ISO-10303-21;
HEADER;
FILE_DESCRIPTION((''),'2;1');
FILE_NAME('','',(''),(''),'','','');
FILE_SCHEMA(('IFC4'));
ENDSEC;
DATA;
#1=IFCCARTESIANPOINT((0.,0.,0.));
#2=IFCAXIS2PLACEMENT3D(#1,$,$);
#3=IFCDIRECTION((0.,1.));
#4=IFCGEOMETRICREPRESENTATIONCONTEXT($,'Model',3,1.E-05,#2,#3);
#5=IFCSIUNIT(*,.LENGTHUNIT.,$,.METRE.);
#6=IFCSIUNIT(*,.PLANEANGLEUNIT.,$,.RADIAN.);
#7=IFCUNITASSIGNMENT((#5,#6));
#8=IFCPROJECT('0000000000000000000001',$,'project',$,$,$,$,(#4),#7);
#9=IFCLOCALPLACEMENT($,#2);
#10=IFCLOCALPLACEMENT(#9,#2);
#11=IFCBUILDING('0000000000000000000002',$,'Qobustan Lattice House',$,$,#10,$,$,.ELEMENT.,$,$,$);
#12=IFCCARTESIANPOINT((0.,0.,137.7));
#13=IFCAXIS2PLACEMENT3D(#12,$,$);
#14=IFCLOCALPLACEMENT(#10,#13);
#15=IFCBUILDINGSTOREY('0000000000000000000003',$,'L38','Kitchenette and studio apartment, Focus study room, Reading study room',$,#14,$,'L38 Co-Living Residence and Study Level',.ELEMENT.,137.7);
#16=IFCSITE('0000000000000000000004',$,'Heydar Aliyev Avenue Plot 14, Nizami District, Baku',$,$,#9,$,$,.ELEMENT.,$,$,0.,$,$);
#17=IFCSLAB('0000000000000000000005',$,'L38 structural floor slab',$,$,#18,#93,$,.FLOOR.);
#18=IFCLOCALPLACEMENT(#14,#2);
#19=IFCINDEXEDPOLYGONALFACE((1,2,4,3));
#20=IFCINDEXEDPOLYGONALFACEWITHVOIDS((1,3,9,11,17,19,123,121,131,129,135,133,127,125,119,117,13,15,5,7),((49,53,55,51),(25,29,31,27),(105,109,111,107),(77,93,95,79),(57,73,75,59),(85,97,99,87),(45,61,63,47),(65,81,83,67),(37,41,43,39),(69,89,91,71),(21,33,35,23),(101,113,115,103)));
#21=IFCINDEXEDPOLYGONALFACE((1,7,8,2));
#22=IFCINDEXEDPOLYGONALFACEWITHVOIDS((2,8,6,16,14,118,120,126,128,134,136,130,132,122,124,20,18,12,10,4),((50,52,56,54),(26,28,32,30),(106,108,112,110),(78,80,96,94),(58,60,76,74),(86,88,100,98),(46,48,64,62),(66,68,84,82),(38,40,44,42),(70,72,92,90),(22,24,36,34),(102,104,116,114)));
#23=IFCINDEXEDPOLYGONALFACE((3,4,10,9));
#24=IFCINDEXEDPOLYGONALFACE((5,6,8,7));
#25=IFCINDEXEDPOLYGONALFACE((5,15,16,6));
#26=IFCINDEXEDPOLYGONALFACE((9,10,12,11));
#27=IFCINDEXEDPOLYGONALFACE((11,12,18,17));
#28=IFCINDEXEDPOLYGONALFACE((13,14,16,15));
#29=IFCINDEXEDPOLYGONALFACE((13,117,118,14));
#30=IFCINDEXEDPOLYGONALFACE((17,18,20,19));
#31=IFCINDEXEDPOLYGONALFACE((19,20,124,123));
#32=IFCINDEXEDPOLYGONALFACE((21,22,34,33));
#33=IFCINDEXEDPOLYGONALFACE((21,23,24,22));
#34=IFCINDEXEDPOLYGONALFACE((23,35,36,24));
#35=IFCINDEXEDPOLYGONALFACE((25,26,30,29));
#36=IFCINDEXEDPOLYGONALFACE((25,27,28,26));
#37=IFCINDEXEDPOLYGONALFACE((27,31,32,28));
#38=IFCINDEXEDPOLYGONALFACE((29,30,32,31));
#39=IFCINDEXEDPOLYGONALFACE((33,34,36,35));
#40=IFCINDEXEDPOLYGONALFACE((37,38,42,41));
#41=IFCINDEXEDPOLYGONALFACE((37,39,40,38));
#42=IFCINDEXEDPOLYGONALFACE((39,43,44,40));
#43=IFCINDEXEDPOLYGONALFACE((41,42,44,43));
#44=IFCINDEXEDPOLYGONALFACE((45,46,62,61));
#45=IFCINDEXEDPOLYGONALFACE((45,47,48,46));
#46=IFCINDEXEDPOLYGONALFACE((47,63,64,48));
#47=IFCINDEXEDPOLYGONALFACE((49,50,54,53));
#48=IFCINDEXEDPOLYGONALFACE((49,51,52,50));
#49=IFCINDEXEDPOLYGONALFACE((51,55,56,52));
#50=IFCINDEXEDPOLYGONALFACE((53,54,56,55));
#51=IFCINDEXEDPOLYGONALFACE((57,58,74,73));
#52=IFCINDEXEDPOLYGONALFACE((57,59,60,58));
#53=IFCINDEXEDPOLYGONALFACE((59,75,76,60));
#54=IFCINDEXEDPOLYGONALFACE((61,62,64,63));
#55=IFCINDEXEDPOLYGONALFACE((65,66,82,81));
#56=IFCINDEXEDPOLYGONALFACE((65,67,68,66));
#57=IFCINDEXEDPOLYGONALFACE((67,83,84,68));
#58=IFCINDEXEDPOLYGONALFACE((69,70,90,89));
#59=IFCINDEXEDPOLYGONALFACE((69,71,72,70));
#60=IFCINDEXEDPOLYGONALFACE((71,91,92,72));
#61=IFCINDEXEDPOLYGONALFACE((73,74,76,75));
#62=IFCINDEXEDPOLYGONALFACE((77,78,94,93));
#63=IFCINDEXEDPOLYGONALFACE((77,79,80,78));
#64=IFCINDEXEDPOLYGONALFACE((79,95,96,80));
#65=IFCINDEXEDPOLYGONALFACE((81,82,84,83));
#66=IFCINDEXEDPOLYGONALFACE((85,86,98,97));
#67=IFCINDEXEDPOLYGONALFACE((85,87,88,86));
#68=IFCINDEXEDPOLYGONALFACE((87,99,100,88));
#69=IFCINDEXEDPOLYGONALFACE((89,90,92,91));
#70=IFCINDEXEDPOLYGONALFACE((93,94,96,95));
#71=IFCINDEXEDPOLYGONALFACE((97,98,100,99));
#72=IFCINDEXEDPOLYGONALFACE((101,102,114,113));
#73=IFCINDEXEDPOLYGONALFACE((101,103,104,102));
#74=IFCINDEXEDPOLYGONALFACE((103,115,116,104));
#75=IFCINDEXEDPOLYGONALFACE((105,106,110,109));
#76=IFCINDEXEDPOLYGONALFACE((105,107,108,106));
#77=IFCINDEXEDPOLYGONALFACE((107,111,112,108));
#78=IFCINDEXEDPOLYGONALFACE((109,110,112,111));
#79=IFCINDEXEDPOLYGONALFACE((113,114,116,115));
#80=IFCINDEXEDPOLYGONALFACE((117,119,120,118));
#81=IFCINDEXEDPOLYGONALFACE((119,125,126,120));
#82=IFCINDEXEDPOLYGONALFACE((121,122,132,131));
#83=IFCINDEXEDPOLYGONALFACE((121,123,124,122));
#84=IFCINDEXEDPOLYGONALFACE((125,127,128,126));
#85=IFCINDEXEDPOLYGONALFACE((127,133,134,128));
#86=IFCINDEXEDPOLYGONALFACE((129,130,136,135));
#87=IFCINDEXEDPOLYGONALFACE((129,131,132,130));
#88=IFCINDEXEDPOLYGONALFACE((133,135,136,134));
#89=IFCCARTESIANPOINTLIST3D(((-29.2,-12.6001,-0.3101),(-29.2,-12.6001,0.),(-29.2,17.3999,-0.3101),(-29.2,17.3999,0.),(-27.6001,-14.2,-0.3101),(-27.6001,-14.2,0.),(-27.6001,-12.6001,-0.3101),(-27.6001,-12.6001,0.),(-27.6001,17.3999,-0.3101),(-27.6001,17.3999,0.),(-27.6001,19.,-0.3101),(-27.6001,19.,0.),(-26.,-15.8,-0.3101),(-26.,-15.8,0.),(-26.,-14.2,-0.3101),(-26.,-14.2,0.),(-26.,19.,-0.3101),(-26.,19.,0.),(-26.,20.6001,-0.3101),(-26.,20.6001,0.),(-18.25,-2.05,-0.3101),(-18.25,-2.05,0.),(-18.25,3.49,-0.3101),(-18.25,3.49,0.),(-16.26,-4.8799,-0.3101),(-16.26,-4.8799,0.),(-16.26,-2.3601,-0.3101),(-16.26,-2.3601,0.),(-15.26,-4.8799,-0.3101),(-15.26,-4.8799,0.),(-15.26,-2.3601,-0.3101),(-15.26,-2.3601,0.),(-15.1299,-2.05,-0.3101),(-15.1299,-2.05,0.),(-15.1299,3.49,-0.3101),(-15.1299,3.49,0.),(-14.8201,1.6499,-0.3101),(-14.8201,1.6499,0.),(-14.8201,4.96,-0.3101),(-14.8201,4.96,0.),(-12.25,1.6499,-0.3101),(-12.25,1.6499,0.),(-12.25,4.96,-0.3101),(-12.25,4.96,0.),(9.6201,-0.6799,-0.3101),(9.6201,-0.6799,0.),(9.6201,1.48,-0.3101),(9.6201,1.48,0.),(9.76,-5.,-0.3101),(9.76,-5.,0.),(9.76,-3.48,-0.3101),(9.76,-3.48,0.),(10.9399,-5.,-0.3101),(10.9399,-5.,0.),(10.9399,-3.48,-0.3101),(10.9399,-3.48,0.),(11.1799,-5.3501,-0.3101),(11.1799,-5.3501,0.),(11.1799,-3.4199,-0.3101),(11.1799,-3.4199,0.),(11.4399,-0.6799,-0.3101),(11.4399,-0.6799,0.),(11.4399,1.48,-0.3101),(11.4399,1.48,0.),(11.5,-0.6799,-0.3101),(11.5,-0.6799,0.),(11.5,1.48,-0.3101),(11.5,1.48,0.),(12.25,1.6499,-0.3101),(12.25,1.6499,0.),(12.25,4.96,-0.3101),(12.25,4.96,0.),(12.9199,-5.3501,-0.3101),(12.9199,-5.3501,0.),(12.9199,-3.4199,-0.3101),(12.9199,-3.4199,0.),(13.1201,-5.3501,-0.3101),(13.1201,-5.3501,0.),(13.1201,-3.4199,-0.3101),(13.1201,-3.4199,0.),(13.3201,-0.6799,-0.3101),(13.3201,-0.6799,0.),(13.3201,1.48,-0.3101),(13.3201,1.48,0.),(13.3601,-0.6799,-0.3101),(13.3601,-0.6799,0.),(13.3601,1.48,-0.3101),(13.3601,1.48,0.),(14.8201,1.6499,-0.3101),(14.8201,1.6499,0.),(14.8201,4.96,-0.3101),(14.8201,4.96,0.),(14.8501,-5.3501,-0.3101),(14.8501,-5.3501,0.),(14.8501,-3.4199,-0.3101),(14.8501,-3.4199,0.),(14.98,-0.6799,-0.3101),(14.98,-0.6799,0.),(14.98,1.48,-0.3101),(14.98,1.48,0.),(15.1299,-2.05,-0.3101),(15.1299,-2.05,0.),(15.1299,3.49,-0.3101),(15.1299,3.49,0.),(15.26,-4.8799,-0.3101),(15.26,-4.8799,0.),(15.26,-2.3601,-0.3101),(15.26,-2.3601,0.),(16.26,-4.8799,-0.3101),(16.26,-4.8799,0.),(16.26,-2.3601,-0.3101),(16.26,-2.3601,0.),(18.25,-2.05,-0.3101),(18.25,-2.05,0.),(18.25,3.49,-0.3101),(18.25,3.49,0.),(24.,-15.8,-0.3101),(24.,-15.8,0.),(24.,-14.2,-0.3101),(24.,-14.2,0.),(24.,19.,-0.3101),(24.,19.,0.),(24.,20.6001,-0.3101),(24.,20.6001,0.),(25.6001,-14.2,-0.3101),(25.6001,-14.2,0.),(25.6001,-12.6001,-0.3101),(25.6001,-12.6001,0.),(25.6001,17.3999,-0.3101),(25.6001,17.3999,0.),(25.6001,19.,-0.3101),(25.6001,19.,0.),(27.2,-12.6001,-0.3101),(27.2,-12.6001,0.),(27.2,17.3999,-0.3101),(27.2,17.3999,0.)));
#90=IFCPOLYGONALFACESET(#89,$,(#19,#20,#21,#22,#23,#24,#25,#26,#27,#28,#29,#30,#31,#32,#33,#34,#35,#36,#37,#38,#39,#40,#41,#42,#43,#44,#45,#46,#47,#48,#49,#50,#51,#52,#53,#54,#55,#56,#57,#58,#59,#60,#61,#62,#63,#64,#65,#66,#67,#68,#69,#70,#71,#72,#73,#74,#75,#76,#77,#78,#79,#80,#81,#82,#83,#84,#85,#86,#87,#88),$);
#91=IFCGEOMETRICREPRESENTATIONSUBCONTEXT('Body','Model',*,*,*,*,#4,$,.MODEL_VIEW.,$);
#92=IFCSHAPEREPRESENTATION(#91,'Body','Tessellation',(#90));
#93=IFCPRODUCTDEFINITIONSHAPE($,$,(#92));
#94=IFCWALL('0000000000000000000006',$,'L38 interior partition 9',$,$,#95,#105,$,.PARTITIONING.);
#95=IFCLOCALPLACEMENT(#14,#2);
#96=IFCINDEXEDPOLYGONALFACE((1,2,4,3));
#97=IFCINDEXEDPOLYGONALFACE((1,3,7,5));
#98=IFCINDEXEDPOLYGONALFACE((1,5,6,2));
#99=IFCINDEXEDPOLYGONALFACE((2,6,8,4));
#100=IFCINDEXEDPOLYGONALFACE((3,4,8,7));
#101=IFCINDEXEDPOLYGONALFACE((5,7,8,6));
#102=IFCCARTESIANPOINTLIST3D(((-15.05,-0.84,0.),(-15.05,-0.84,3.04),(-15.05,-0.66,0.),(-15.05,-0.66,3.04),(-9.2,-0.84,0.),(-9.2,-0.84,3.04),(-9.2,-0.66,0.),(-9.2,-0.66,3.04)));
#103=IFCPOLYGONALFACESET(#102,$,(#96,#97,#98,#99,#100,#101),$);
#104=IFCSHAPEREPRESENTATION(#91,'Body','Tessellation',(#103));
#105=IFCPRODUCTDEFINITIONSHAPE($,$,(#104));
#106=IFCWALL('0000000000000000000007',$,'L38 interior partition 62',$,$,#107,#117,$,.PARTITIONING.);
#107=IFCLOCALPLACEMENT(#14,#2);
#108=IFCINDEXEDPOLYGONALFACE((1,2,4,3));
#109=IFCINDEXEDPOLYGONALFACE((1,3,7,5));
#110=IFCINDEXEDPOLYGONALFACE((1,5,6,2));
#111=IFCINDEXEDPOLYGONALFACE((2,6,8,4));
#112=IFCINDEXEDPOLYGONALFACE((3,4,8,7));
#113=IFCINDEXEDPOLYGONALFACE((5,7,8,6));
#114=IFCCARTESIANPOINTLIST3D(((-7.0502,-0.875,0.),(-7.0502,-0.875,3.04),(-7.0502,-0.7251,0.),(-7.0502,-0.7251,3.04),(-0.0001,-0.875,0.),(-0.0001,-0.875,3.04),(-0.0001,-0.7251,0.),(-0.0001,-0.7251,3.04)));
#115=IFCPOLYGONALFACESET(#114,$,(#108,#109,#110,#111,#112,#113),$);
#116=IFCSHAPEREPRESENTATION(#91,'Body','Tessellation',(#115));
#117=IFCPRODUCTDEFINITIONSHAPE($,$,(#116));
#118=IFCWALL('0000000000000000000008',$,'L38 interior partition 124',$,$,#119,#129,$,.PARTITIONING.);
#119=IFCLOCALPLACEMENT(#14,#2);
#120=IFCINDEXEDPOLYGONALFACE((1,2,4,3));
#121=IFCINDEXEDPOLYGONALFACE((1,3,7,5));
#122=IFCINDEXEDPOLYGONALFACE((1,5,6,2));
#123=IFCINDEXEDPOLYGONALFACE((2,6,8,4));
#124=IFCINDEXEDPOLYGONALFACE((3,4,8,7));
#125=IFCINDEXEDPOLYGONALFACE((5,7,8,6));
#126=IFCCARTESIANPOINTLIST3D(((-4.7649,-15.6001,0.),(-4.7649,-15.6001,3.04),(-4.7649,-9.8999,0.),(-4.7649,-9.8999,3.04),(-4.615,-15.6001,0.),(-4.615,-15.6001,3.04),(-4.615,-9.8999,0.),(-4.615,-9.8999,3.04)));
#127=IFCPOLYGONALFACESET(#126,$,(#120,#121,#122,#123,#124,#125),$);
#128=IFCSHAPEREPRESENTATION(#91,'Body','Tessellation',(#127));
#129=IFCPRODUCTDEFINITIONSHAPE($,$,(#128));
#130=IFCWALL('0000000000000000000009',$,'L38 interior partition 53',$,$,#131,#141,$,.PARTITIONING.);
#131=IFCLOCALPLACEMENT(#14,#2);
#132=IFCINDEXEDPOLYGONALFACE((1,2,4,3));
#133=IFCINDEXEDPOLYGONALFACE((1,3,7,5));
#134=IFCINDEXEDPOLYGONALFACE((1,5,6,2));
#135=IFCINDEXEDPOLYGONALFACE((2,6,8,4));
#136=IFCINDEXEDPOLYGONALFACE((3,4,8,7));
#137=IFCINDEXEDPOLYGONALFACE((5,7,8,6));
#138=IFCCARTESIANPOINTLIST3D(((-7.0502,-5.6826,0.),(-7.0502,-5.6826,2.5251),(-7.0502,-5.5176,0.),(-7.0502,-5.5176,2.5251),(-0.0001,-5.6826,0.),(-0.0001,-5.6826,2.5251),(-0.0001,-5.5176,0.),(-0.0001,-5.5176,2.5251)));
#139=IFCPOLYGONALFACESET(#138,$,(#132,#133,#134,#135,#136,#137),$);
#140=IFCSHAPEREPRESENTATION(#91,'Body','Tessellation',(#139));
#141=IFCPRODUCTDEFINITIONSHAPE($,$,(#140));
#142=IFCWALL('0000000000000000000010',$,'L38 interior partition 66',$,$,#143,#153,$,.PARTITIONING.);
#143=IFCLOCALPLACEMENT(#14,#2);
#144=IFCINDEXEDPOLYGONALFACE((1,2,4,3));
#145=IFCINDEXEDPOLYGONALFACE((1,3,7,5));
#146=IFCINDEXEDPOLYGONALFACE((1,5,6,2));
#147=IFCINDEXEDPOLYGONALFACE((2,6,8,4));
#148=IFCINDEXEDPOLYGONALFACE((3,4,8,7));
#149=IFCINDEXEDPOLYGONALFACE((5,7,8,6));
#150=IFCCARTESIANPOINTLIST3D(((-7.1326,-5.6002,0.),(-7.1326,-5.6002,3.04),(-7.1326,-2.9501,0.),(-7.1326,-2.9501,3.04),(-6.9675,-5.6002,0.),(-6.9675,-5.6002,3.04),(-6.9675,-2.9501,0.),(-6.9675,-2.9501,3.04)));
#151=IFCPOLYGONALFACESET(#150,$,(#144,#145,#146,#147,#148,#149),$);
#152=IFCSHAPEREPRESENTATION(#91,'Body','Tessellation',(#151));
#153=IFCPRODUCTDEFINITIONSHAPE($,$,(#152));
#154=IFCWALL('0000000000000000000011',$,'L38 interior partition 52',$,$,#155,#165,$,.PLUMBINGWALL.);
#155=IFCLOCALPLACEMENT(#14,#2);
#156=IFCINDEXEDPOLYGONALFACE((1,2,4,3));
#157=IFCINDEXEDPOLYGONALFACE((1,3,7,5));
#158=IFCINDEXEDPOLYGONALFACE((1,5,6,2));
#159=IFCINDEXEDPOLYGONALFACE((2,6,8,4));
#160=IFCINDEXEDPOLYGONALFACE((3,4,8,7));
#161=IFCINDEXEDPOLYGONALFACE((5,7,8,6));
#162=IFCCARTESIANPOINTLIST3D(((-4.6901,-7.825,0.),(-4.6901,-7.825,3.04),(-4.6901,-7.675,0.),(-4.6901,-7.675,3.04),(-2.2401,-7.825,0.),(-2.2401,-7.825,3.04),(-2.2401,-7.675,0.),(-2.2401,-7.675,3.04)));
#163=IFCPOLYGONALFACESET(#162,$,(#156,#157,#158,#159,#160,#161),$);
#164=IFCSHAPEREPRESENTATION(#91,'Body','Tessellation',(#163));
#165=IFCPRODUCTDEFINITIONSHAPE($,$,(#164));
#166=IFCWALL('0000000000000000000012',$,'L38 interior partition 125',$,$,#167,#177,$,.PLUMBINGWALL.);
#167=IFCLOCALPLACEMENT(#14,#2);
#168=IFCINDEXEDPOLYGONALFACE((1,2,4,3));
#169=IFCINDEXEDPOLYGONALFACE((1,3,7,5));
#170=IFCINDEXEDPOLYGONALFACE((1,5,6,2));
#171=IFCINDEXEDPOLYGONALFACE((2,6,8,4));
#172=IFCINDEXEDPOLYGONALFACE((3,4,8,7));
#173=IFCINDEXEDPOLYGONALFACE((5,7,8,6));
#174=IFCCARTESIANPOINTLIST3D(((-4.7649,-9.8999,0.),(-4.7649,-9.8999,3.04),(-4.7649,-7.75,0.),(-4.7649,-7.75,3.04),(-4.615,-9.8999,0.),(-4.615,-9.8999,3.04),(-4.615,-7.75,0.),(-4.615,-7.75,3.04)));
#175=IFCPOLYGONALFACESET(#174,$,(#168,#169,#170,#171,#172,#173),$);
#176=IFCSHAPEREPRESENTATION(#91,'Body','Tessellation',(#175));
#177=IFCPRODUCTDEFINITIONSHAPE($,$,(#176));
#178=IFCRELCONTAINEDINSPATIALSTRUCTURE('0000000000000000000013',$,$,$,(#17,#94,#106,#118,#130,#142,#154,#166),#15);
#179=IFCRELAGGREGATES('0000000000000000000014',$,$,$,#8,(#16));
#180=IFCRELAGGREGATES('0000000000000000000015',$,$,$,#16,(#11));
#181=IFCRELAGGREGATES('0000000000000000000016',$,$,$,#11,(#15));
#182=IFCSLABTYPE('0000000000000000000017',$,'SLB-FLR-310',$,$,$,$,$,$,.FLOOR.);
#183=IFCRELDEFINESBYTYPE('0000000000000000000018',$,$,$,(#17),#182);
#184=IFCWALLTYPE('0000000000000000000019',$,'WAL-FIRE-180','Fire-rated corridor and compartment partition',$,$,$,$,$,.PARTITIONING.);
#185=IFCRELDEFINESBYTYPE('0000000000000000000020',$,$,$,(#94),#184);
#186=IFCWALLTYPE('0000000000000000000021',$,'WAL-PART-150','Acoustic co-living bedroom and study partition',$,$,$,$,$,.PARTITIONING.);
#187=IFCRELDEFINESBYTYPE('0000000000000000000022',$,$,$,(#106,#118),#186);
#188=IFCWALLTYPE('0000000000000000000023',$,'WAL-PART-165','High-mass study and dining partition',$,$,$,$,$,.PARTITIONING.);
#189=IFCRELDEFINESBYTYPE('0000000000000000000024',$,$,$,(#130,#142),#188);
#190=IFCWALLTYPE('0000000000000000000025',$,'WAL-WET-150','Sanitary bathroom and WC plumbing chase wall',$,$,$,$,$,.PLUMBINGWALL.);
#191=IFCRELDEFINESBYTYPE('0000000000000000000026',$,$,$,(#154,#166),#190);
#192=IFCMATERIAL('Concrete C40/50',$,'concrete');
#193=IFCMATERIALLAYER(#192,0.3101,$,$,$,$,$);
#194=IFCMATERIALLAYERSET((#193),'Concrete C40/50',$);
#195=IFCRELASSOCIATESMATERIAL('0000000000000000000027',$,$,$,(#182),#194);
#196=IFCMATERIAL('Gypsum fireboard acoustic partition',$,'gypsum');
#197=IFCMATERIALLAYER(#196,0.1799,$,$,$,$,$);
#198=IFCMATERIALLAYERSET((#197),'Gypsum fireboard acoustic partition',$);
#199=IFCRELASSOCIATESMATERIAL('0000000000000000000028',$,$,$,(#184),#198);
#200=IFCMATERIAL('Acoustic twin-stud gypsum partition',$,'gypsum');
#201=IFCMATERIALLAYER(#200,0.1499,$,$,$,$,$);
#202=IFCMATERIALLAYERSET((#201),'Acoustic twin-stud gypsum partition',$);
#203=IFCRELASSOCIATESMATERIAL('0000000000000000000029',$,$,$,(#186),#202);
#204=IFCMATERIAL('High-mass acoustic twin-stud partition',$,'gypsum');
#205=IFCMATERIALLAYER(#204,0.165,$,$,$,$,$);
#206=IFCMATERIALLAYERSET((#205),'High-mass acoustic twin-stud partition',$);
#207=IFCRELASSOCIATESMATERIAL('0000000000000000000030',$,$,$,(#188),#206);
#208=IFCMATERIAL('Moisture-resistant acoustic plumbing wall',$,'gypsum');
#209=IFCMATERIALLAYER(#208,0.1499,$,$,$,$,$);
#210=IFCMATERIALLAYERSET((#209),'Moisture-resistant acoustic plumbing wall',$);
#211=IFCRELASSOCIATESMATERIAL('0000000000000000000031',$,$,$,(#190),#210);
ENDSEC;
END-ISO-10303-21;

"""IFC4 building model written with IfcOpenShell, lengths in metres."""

from ifc_helpers import new_model, si_unit, direction, frame, frame_2d, origin, place, context, subcontext, project, spatial, polyline, rectangle, outline, extrude, material, layer, layer_set, type_object, element, save


model = new_model("IFC4")

# Units and contexts
model_context = context("Model", 3, precision=1e-05, world=origin(), true_north=direction((0.0, 1.0)))
body_context = subcontext(model_context, "Body", "Model", "MODEL_VIEW")
ifc_project = project(units=[si_unit("LENGTHUNIT", "METRE"), si_unit("PLANEANGLEUNIT", "RADIAN")], contexts=[model_context])

# Site, building, storey
site_placement = place(None, origin())
site = spatial("IfcSite", under=ifc_project, at=site_placement, Name="Heydar Aliyev Avenue Plot 14, Nizami District, Baku", CompositionType="ELEMENT", RefElevation=0.0)
building_placement = place(site_placement, origin())
building = spatial("IfcBuilding", under=site, at=building_placement, Name="Qobustan Lattice House", CompositionType="ELEMENT")
storey_placement = place(building_placement, frame((0.0, 0.0, 137.7)))
storey = spatial("IfcBuildingStorey", under=building, at=storey_placement, Name="L38", Description="Kitchenette and studio apartment, Focus study room, Reading study room", LongName="L38 Co-Living Residence and Study Level", CompositionType="ELEMENT", Elevation=137.7)

# Slab
ifc_material_1 = material(Name="Concrete C40/50", Category="concrete")
ifc_layer_1 = layer(ifc_material_1, 0.3101)
ifc_layer_set_1 = layer_set([ifc_layer_1], Name="Concrete C40/50")
slab_type = type_object("IfcSlabType", Name="SLB-FLR-310", PredefinedType="FLOOR", material=ifc_layer_set_1)
slab_placement = place(storey_placement, frame((0.0, 0.0, -0.3101)))
element("IfcSlab", 1, at=slab_placement, inside=storey, type_object=slab_type, Name="L38 structural floor slab", PredefinedType="FLOOR", context=body_context, shape_type="SweptSolid", body=[
    extrude(outline(polyline([(-26.0, -15.8), (24.0, -15.8), (24.0, -14.2), (25.6001, -14.2), (25.6001, -12.6001), (27.2, -12.6001), (27.2, 17.3999), (25.6001, 17.3999), (25.6001, 19.0), (24.0, 19.0), (24.0, 20.6001), (-26.0, 20.6001), (-26.0, 19.0), (-27.6001, 19.0), (-27.6001, 17.3999), (-29.2, 17.3999), (-29.2, -12.6001), (-27.6001, -12.6001), (-27.6001, -14.2), (-26.0, -14.2), (-26.0, -15.8)]), holes=[polyline([(-18.25, -2.05), (-18.25, 3.49), (-15.1299, 3.49), (-15.1299, -2.05), (-18.25, -2.05)]), polyline([(15.1299, -2.05), (15.1299, 3.49), (18.25, 3.49), (18.25, -2.05), (15.1299, -2.05)]), polyline([(-14.8201, 1.6499), (-14.8201, 4.96), (-12.25, 4.96), (-12.25, 1.6499), (-14.8201, 1.6499)]), polyline([(12.25, 1.6499), (12.25, 4.96), (14.8201, 4.96), (14.8201, 1.6499), (12.25, 1.6499)]), polyline([(-16.26, -4.8799), (-16.26, -2.3601), (-15.26, -2.3601), (-15.26, -4.8799), (-16.26, -4.8799)]), polyline([(15.26, -4.8799), (15.26, -2.3601), (16.26, -2.3601), (16.26, -4.8799), (15.26, -4.8799)]), polyline([(11.1799, -5.3501), (11.1799, -3.4199), (12.9199, -3.4199), (12.9199, -5.3501), (11.1799, -5.3501)]), polyline([(13.1201, -5.3501), (13.1201, -3.4199), (14.8501, -3.4199), (14.8501, -5.3501), (13.1201, -5.3501)]), polyline([(9.76, -5.0), (9.76, -3.48), (10.9399, -3.48), (10.9399, -5.0), (9.76, -5.0)]), polyline([(13.3601, -0.6799), (13.3601, 1.48), (14.98, 1.48), (14.98, -0.6799), (13.3601, -0.6799)]), polyline([(9.6201, -0.6799), (9.6201, 1.48), (11.4399, 1.48), (11.4399, -0.6799), (9.6201, -0.6799)]), polyline([(11.5, -0.6799), (11.5, 1.48), (13.3201, 1.48), (13.3201, -0.6799), (11.5, -0.6799)])]), origin(), (0.0, 0.0, 1.0), 0.3101),
])

# Wall
ifc_material_2 = material(Name="Gypsum fireboard acoustic partition", Category="gypsum")
ifc_layer_2 = layer(ifc_material_2, 0.1799)
ifc_layer_set_2 = layer_set([ifc_layer_2], Name="Gypsum fireboard acoustic partition")
wall_type_1 = type_object("IfcWallType", Name="WAL-FIRE-180", Description="Fire-rated corridor and compartment partition", PredefinedType="PARTITIONING", material=ifc_layer_set_2)
wall_1_placement = place(storey_placement, frame((-9.2, -0.75, 0.0), z_axis=(0.0, 0.0, 1.0), x_axis=(-1.0, 0.0, 0.0)))
element("IfcWall", 2, at=wall_1_placement, inside=storey, type_object=wall_type_1, Name="L38 interior partition 9", PredefinedType="PARTITIONING", context=body_context, shape_type="SweptSolid", body=[
    extrude(rectangle(XDim=5.8501, YDim=0.1799, at=frame_2d((2.925, 0.0))), origin(), (0.0, 0.0, 1.0), 3.04),
])

# Walls
ifc_material_3 = material(Name="Acoustic twin-stud gypsum partition", Category="gypsum")
ifc_layer_3 = layer(ifc_material_3, 0.1499)
ifc_layer_set_3 = layer_set([ifc_layer_3], Name="Acoustic twin-stud gypsum partition")
wall_type_2 = type_object("IfcWallType", Name="WAL-PART-150", Description="Acoustic co-living bedroom and study partition", PredefinedType="PARTITIONING", material=ifc_layer_set_3)
wall_2_placement = place(storey_placement, frame((-7.05, -0.8, 0.0), z_axis=(0.0, 0.0, 1.0), x_axis=(1.0, 0.0, 0.0)))
element("IfcWall", 3, at=wall_2_placement, inside=storey, type_object=wall_type_2, Name="L38 interior partition 62", PredefinedType="PARTITIONING", context=body_context, shape_type="SweptSolid", body=[
    extrude(rectangle(XDim=7.05, YDim=0.1499, at=frame_2d((3.5249, 0.0))), origin(), (0.0, 0.0, 1.0), 3.04),
])
wall_3_placement = place(storey_placement, frame((-4.6899, -9.8999, 0.0), z_axis=(0.0, 0.0, 1.0), x_axis=(0.0, -1.0, 0.0)))
element("IfcWall", 4, at=wall_3_placement, inside=storey, type_object=wall_type_2, Name="L38 interior partition 124", PredefinedType="PARTITIONING", context=body_context, shape_type="SweptSolid", body=[
    extrude(rectangle(XDim=5.7002, YDim=0.1499, at=frame_2d((2.8501, 0.0))), origin(), (0.0, 0.0, 1.0), 3.04),
])
ifc_material_4 = material(Name="High-mass acoustic twin-stud partition", Category="gypsum")
ifc_layer_4 = layer(ifc_material_4, 0.165)
ifc_layer_set_4 = layer_set([ifc_layer_4], Name="High-mass acoustic twin-stud partition")
wall_type_3 = type_object("IfcWallType", Name="WAL-PART-165", Description="High-mass study and dining partition", PredefinedType="PARTITIONING", material=ifc_layer_set_4)
wall_4_placement = place(storey_placement, frame((-7.05, -5.6001, 0.0), z_axis=(0.0, 0.0, 1.0), x_axis=(1.0, 0.0, 0.0)))
element("IfcWall", 5, at=wall_4_placement, inside=storey, type_object=wall_type_3, Name="L38 interior partition 53", PredefinedType="PARTITIONING", context=body_context, shape_type="SweptSolid", body=[
    extrude(rectangle(XDim=7.05, YDim=0.165, at=frame_2d((3.5249, 0.0))), origin(), (0.0, 0.0, 1.0), 2.5251),
])
wall_5_placement = place(storey_placement, frame((-7.05, -2.95, 0.0), z_axis=(0.0, 0.0, 1.0), x_axis=(0.0, -1.0, 0.0)))
element("IfcWall", 6, at=wall_5_placement, inside=storey, type_object=wall_type_3, Name="L38 interior partition 66", PredefinedType="PARTITIONING", context=body_context, shape_type="SweptSolid", body=[
    extrude(rectangle(XDim=2.6501, YDim=0.165, at=frame_2d((1.3252, 0.0))), origin(), (0.0, 0.0, 1.0), 3.04),
])
ifc_material_5 = material(Name="Moisture-resistant acoustic plumbing wall", Category="gypsum")
ifc_layer_5 = layer(ifc_material_5, 0.1499)
ifc_layer_set_5 = layer_set([ifc_layer_5], Name="Moisture-resistant acoustic plumbing wall")
wall_type_4 = type_object("IfcWallType", Name="WAL-WET-150", Description="Sanitary bathroom and WC plumbing chase wall", PredefinedType="PLUMBINGWALL", material=ifc_layer_set_5)
wall_6_placement = place(storey_placement, frame((-2.24, -7.75, 0.0), z_axis=(0.0, 0.0, 1.0), x_axis=(-1.0, 0.0, 0.0)))
element("IfcWall", 7, at=wall_6_placement, inside=storey, type_object=wall_type_4, Name="L38 interior partition 52", PredefinedType="PLUMBINGWALL", context=body_context, shape_type="SweptSolid", body=[
    extrude(rectangle(XDim=2.45, YDim=0.1499, at=frame_2d((1.2251, 0.0))), origin(), (0.0, 0.0, 1.0), 3.04),
])
wall_7_placement = place(storey_placement, frame((-4.6899, -7.75, 0.0), z_axis=(0.0, 0.0, 1.0), x_axis=(0.0, -1.0, 0.0)))
element("IfcWall", 8, at=wall_7_placement, inside=storey, type_object=wall_type_4, Name="L38 interior partition 125", PredefinedType="PLUMBINGWALL", context=body_context, shape_type="SweptSolid", body=[
    extrude(rectangle(XDim=2.1499, YDim=0.1499, at=frame_2d((1.075, 0.0))), origin(), (0.0, 0.0, 1.0), 3.04),
])

save(model, "model.ifc")
